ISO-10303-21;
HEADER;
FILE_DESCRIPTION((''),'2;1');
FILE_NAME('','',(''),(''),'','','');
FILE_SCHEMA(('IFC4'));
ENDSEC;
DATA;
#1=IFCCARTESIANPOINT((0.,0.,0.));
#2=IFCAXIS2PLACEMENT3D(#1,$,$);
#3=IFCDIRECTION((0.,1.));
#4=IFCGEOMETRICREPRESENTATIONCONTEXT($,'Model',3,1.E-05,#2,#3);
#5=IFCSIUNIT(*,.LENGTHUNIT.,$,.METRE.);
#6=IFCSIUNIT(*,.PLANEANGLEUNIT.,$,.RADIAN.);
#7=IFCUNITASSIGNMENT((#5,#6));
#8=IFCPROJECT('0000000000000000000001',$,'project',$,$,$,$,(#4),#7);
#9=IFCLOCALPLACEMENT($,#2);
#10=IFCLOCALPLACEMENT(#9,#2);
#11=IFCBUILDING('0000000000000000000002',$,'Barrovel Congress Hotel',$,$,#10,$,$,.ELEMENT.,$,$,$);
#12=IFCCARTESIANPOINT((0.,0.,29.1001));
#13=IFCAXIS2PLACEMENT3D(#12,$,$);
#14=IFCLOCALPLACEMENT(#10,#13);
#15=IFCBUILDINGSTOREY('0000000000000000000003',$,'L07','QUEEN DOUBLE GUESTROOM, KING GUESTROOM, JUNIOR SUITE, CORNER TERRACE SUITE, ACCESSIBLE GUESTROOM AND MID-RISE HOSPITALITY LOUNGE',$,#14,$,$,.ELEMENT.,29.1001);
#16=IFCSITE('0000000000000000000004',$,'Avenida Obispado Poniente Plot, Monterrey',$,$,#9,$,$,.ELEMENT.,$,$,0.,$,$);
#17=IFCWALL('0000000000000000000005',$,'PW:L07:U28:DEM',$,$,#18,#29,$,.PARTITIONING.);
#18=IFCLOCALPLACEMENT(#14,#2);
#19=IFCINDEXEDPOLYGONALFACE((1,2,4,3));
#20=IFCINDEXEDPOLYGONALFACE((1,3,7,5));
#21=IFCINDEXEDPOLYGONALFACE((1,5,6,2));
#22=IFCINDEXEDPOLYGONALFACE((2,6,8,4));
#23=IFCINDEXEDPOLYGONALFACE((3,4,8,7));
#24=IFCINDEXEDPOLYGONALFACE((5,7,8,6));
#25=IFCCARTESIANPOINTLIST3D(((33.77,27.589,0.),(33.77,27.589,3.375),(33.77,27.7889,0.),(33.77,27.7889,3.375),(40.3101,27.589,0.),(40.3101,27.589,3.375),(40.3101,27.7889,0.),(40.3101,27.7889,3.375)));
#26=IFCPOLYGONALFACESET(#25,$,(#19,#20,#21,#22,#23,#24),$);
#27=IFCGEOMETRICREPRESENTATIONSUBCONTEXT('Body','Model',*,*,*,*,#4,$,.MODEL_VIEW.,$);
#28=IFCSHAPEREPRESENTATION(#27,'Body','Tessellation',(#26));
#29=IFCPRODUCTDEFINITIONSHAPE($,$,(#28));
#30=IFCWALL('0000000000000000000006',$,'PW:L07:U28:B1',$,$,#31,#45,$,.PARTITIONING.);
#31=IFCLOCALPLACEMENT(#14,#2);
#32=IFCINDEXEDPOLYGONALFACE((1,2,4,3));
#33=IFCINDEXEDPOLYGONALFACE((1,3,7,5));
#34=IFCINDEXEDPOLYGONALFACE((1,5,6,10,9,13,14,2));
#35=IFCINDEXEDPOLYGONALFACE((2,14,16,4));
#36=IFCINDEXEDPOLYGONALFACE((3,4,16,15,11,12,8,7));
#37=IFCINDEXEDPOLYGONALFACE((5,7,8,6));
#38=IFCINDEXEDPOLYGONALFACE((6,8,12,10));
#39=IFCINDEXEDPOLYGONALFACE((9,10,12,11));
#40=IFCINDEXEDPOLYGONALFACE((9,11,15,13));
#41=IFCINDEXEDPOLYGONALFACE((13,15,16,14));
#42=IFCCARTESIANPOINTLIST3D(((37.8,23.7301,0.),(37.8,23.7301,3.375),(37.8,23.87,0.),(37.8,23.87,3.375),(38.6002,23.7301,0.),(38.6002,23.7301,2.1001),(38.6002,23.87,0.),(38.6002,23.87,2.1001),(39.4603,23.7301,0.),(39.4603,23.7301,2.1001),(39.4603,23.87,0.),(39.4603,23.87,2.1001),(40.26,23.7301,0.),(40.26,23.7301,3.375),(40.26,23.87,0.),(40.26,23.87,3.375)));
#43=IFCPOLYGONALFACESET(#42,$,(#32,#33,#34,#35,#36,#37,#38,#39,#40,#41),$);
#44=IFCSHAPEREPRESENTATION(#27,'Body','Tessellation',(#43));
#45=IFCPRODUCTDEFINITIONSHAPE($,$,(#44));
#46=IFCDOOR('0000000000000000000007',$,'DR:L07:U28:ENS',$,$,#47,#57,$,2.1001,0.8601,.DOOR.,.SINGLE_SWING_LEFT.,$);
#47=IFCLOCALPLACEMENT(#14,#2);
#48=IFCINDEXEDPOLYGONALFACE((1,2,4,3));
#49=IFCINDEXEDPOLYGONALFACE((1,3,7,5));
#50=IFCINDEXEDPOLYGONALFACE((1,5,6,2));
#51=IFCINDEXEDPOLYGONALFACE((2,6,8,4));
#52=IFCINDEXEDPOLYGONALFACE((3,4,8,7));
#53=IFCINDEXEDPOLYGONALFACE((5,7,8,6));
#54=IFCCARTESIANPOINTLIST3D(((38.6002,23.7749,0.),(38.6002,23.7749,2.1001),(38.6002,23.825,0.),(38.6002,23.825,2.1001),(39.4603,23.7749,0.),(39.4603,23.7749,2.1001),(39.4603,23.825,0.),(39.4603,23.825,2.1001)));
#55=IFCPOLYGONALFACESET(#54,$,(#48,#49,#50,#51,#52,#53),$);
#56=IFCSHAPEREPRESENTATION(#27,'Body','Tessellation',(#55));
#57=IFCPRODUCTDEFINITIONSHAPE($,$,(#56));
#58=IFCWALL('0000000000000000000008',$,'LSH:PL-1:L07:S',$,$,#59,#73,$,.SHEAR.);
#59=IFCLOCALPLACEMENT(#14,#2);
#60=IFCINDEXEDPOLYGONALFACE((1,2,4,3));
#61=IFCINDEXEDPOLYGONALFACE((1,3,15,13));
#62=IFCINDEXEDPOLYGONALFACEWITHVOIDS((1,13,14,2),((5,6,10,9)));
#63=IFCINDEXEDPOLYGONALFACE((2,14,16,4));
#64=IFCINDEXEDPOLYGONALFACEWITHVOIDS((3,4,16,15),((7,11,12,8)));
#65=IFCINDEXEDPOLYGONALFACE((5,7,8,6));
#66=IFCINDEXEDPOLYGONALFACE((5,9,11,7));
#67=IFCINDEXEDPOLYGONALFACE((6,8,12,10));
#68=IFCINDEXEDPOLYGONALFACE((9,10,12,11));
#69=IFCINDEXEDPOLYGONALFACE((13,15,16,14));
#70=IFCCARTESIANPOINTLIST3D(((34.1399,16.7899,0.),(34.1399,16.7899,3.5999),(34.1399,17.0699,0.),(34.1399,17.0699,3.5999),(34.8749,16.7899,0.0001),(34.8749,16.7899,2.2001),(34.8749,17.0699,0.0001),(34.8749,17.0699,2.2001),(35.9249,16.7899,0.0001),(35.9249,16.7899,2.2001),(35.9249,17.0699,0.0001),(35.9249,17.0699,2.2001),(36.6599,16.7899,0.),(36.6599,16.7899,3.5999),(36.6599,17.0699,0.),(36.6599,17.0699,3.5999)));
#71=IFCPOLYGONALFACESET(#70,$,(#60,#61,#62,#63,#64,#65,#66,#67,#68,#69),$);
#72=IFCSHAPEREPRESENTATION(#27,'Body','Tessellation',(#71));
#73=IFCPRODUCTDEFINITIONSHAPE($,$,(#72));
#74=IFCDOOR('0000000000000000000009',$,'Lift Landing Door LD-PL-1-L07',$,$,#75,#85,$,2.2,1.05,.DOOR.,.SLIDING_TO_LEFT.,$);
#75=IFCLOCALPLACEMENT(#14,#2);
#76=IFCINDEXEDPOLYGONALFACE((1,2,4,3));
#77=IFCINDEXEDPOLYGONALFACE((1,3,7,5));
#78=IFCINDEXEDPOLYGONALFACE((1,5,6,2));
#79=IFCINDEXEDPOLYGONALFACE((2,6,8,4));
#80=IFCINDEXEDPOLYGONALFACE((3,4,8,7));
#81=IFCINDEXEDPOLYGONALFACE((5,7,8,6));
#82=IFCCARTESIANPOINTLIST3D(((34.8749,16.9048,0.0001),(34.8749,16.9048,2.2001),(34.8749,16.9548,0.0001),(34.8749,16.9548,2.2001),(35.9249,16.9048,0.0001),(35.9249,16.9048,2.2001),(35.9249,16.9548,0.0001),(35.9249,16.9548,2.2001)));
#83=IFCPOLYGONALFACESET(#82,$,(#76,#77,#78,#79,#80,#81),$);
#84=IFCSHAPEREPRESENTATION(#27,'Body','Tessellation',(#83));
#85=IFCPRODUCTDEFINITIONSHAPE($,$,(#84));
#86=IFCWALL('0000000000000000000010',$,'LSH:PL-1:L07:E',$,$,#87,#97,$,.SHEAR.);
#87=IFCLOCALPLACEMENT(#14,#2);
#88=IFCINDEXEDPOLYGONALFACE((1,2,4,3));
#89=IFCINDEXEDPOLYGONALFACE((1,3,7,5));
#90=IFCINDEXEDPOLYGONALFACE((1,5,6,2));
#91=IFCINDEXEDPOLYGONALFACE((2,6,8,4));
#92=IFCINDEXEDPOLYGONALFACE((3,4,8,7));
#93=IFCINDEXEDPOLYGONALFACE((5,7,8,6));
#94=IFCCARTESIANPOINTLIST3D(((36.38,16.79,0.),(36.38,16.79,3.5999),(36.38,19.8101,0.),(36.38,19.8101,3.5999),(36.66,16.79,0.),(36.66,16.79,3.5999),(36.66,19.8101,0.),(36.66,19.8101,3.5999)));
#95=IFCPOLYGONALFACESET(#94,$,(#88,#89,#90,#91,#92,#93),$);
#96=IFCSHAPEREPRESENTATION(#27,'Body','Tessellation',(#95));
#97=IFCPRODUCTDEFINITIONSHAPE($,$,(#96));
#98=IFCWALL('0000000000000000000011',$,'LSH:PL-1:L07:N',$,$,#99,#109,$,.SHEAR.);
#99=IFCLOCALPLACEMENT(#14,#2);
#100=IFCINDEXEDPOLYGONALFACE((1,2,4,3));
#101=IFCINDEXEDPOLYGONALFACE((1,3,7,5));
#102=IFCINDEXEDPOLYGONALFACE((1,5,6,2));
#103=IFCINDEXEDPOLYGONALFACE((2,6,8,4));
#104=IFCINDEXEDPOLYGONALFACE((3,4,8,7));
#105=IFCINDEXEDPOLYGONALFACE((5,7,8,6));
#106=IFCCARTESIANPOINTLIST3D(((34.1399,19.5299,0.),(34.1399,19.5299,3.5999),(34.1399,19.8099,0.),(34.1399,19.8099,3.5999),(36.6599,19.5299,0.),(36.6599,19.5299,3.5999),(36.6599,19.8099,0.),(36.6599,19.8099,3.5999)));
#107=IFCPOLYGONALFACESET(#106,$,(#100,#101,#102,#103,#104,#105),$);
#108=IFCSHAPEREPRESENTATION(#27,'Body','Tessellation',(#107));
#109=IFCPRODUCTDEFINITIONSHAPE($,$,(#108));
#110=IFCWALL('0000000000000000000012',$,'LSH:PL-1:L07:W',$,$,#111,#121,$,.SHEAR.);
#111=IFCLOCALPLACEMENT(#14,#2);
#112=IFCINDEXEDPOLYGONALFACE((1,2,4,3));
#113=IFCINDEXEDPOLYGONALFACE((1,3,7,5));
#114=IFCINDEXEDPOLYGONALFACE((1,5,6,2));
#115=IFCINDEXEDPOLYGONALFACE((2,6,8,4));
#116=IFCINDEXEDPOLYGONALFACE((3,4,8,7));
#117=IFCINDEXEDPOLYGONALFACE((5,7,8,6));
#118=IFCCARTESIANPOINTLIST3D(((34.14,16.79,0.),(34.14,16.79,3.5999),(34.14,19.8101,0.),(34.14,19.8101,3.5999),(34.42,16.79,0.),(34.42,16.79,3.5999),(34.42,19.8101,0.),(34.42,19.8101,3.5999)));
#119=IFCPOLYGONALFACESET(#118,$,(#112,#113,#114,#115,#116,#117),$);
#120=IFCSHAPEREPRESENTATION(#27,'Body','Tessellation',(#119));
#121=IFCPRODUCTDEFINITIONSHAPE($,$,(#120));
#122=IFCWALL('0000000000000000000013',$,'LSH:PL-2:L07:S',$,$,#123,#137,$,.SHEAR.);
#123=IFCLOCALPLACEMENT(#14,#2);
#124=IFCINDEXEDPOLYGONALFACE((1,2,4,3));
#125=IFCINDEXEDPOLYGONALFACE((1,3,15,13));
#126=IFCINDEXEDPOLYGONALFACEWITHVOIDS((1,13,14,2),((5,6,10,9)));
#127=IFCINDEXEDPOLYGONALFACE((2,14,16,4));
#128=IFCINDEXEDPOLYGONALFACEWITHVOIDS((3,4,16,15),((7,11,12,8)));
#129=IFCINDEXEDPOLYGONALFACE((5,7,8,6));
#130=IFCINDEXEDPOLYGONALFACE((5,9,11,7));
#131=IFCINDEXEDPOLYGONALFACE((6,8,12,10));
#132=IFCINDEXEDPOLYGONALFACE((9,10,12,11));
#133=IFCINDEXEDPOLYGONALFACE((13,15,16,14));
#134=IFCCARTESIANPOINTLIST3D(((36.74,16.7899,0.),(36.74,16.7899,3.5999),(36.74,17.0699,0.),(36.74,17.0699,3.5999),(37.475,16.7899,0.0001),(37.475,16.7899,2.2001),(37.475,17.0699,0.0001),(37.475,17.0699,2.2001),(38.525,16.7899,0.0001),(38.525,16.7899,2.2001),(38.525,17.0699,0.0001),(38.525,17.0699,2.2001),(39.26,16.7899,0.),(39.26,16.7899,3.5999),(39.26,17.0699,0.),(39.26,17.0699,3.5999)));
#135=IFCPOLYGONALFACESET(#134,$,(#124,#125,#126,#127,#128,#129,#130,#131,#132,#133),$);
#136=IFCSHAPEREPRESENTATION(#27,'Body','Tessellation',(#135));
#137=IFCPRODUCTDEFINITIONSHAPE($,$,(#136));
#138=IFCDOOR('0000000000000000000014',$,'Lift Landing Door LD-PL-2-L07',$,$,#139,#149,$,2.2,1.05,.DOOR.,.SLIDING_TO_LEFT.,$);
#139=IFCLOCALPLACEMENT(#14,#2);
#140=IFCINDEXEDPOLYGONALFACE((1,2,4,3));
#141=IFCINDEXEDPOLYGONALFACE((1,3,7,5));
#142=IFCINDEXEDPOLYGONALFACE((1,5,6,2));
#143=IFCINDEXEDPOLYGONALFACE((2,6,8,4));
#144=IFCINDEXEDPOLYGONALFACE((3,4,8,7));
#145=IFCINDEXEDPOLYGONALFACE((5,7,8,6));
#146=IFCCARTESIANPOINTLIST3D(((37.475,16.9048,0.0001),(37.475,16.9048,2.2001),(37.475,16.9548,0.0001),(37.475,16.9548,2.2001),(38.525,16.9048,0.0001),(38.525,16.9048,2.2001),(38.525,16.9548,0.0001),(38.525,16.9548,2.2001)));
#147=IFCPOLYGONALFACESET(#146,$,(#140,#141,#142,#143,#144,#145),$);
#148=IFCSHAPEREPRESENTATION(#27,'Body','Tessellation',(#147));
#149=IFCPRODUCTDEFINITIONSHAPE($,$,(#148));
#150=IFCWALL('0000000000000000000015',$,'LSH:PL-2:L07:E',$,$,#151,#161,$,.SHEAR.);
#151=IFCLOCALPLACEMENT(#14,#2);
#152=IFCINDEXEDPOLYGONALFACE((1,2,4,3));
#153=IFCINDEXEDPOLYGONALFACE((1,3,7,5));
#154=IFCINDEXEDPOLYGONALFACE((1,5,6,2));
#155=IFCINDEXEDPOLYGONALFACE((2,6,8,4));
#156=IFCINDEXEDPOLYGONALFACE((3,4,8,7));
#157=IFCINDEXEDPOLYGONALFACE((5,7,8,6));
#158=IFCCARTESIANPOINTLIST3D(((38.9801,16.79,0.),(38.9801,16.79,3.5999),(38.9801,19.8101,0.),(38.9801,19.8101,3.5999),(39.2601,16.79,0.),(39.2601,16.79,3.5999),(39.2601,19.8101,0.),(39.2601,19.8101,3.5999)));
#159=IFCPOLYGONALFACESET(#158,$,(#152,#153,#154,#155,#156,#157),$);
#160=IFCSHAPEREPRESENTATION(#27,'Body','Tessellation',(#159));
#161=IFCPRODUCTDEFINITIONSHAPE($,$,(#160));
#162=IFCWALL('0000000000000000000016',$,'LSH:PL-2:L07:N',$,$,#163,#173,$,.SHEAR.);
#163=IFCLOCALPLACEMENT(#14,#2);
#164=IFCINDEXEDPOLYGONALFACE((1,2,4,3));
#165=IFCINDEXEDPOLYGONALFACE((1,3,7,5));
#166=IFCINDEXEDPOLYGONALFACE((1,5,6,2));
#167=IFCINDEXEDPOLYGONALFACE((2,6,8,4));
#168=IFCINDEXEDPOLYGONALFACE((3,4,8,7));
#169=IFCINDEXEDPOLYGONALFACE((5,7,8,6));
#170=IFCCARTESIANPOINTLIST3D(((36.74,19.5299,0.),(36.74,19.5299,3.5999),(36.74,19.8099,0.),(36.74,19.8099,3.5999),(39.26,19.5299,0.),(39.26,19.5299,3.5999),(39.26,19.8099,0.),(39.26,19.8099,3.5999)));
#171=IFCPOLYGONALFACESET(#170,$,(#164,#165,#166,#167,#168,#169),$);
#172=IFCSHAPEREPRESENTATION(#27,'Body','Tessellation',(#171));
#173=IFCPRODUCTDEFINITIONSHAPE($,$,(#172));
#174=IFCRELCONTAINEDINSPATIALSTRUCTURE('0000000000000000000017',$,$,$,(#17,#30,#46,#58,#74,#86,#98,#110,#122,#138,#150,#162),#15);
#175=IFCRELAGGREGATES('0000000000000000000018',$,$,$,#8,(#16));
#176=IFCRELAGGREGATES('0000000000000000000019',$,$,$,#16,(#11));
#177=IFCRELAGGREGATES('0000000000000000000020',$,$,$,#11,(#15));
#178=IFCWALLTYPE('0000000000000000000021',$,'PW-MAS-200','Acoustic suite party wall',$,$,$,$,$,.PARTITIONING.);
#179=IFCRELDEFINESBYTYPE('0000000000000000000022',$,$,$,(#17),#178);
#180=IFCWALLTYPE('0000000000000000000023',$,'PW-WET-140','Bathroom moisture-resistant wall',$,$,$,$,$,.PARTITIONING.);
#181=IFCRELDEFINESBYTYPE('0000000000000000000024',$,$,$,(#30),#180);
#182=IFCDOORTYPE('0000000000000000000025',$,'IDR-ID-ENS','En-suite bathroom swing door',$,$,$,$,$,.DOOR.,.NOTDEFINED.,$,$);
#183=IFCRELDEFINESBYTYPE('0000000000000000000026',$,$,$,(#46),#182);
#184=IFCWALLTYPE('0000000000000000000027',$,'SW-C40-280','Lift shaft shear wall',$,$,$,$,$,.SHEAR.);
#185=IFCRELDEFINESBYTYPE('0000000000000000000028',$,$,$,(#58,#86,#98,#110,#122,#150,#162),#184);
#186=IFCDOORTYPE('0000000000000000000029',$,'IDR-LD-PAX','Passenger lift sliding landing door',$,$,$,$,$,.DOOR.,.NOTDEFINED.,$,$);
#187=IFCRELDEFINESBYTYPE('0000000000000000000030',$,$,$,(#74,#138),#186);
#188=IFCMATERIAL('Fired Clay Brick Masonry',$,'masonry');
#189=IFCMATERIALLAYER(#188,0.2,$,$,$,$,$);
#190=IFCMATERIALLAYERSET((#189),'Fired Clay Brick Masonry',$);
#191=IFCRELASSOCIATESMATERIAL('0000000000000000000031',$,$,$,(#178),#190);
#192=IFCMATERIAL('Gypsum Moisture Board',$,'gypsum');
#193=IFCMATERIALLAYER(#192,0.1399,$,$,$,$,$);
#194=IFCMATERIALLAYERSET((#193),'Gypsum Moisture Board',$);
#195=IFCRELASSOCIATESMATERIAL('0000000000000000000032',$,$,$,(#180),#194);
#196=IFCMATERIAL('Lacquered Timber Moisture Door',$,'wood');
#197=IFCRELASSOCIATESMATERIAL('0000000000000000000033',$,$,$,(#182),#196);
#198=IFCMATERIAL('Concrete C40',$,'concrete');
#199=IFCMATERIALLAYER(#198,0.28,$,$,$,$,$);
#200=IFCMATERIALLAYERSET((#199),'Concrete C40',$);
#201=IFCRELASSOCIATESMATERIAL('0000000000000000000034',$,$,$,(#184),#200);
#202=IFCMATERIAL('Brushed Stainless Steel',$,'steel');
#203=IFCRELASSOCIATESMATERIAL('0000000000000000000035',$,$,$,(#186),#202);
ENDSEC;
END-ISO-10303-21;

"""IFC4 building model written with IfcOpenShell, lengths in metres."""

from ifc_helpers import new_model, si_unit, direction, frame, frame_2d, origin, place, context, subcontext, project, spatial, rectangle, extrude, material, layer, layer_set, type_object, element, fill, save


model = new_model("IFC4")

# Units and contexts
model_context = context("Model", 3, precision=1e-05, world=origin(), true_north=direction((0.0, 1.0)))
body_context = subcontext(model_context, "Body", "Model", "MODEL_VIEW")
ifc_project = project(units=[si_unit("LENGTHUNIT", "METRE"), si_unit("PLANEANGLEUNIT", "RADIAN")], contexts=[model_context])

# Site, building, storey
site_placement = place(None, origin())
site = spatial("IfcSite", under=ifc_project, at=site_placement, Name="Avenida Obispado Poniente Plot, Monterrey", CompositionType="ELEMENT", RefElevation=0.0)
building_placement = place(site_placement, origin())
building = spatial("IfcBuilding", under=site, at=building_placement, Name="Barrovel Congress Hotel", CompositionType="ELEMENT")
storey_placement = place(building_placement, frame((0.0, 0.0, 29.1001)))
storey = spatial("IfcBuildingStorey", under=building, at=storey_placement, Name="L07", Description="QUEEN DOUBLE GUESTROOM, KING GUESTROOM, JUNIOR SUITE, CORNER TERRACE SUITE, ACCESSIBLE GUESTROOM AND MID-RISE HOSPITALITY LOUNGE", CompositionType="ELEMENT", Elevation=29.1001)

# Shared definitions
ifc_material_1 = material(Name="Concrete C40", Category="concrete")

# Wall
ifc_material_2 = material(Name="Fired Clay Brick Masonry", Category="masonry")
ifc_layer_1 = layer(ifc_material_2, 0.2)
ifc_layer_set_1 = layer_set([ifc_layer_1], Name="Fired Clay Brick Masonry")
wall_type_1 = type_object("IfcWallType", Name="PW-MAS-200", Description="Acoustic suite party wall", PredefinedType="PARTITIONING", material=ifc_layer_set_1)
wall_1_placement = place(storey_placement, frame((33.77, 27.689, 0.0), z_axis=(0.0, 0.0, 1.0), x_axis=(1.0, 0.0, 0.0)))
element("IfcWall", 1, at=wall_1_placement, inside=storey, type_object=wall_type_1, Name="PW:L07:U28:DEM", PredefinedType="PARTITIONING", context=body_context, shape_type="SweptSolid", body=[
    extrude(rectangle(XDim=6.54, YDim=0.2, at=frame_2d((3.27, 0.0))), origin(), (0.0, 0.0, 1.0), 3.375),
])

# Walls, openings, doors
ifc_material_3 = material(Name="Gypsum Moisture Board", Category="gypsum")
ifc_layer_2 = layer(ifc_material_3, 0.1399)
ifc_layer_set_2 = layer_set([ifc_layer_2], Name="Gypsum Moisture Board")
wall_type_2 = type_object("IfcWallType", Name="PW-WET-140", Description="Bathroom moisture-resistant wall", PredefinedType="PARTITIONING", material=ifc_layer_set_2)
wall_2_placement = place(storey_placement, frame((37.8, 23.8, 0.0), z_axis=(0.0, 0.0, 1.0), x_axis=(1.0, 0.0, 0.0)))
wall_2 = element("IfcWall", 2, at=wall_2_placement, inside=storey, type_object=wall_type_2, Name="PW:L07:U28:B1", PredefinedType="PARTITIONING", context=body_context, shape_type="SweptSolid", body=[
    extrude(rectangle(XDim=2.46, YDim=0.1399, at=frame_2d((1.23, 0.0))), origin(), (0.0, 0.0, 1.0), 3.375),
])
opening_1_placement = place(wall_2_placement, frame((0.8, 0.0, 0.0)))
opening_1 = element("IfcOpeningElement", 3, at=opening_1_placement, cuts=wall_2, PredefinedType="OPENING", context=body_context, shape_type="SweptSolid", body=[
    extrude(rectangle(XDim=0.8601, YDim=2.1001, at=frame_2d((0.4302, 1.05))), frame((0.0, 0.0801, 0.0), z_axis=(0.0, -1.0, 0.0), x_axis=(1.0, 0.0, 0.0)), (0.0, 0.0, 1.0), 0.1599),
])
ifc_material_4 = material(Name="Lacquered Timber Moisture Door", Category="wood")
door_type_1 = type_object("IfcDoorType", Name="IDR-ID-ENS", Description="En-suite bathroom swing door", OperationType="NOTDEFINED", PredefinedType="DOOR", material=ifc_material_4)
door_1_placement = place(opening_1_placement, origin())
door_1 = element("IfcDoor", 4, at=door_1_placement, inside=storey, type_object=door_type_1, Name="DR:L07:U28:ENS", OperationType="SINGLE_SWING_LEFT", OverallHeight=2.1001, OverallWidth=0.8601, PredefinedType="DOOR", context=body_context, shape_type="SweptSolid", body=[
    extrude(rectangle(XDim=0.8601, YDim=2.1001, at=frame_2d((0.4302, 1.05))), frame((0.0, 0.0249, 0.0), z_axis=(0.0, -1.0, 0.0), x_axis=(1.0, 0.0, 0.0)), (0.0, 0.0, 1.0), 0.05),
])
fill(opening_1, door_1)
ifc_layer_3 = layer(ifc_material_1, 0.28)
ifc_layer_set_3 = layer_set([ifc_layer_3], Name="Concrete C40")
wall_type_3 = type_object("IfcWallType", Name="SW-C40-280", Description="Lift shaft shear wall", PredefinedType="SHEAR", material=ifc_layer_set_3)
wall_3_placement = place(storey_placement, frame((34.1399, 16.9299, 0.0), z_axis=(0.0, 0.0, 1.0), x_axis=(1.0, 0.0, 0.0)))
wall_3 = element("IfcWall", 5, at=wall_3_placement, inside=storey, type_object=wall_type_3, Name="LSH:PL-1:L07:S", PredefinedType="SHEAR", context=body_context, shape_type="SweptSolid", body=[
    extrude(rectangle(XDim=2.52, YDim=0.28, at=frame_2d((1.26, 0.0))), origin(), (0.0, 0.0, 1.0), 3.5999),
])
opening_2_placement = place(wall_3_placement, frame((0.7351, 0.0, 0.0)))
opening_2 = element("IfcOpeningElement", 6, at=opening_2_placement, cuts=wall_3, PredefinedType="OPENING", context=body_context, shape_type="SweptSolid", body=[
    extrude(rectangle(XDim=1.05, YDim=2.2, at=frame_2d((0.5249, 1.1001))), frame((0.0, 0.1499, 0.0), z_axis=(0.0, -1.0, 0.0), x_axis=(1.0, 0.0, 0.0)), (0.0, 0.0, 1.0), 0.3),
])
ifc_material_5 = material(Name="Brushed Stainless Steel", Category="steel")
door_type_2 = type_object("IfcDoorType", Name="IDR-LD-PAX", Description="Passenger lift sliding landing door", OperationType="NOTDEFINED", PredefinedType="DOOR", material=ifc_material_5)
door_2_placement = place(opening_2_placement, origin())
door_2 = element("IfcDoor", 7, at=door_2_placement, inside=storey, type_object=door_type_2, Name="Lift Landing Door LD-PL-1-L07", OperationType="SLIDING_TO_LEFT", OverallHeight=2.2, OverallWidth=1.05, PredefinedType="DOOR", context=body_context, shape_type="SweptSolid", body=[
    extrude(rectangle(XDim=1.05, YDim=2.2, at=frame_2d((0.5249, 1.1001))), frame((0.0, 0.0249, 0.0), z_axis=(0.0, -1.0, 0.0), x_axis=(1.0, 0.0, 0.0)), (0.0, 0.0, 1.0), 0.05),
])
fill(opening_2, door_2)

# Walls
wall_4_placement = place(storey_placement, frame((36.52, 16.79, 0.0), z_axis=(0.0, 0.0, 1.0), x_axis=(0.0, 1.0, 0.0)))
element("IfcWall", 8, at=wall_4_placement, inside=storey, type_object=wall_type_3, Name="LSH:PL-1:L07:E", PredefinedType="SHEAR", context=body_context, shape_type="SweptSolid", body=[
    extrude(rectangle(XDim=3.02, YDim=0.28, at=frame_2d((1.51, 0.0))), origin(), (0.0, 0.0, 1.0), 3.5999),
])
wall_5_placement = place(storey_placement, frame((36.6599, 19.6699, 0.0), z_axis=(0.0, 0.0, 1.0), x_axis=(-1.0, 0.0, 0.0)))
element("IfcWall", 9, at=wall_5_placement, inside=storey, type_object=wall_type_3, Name="LSH:PL-1:L07:N", PredefinedType="SHEAR", context=body_context, shape_type="SweptSolid", body=[
    extrude(rectangle(XDim=2.52, YDim=0.28, at=frame_2d((1.26, 0.0))), origin(), (0.0, 0.0, 1.0), 3.5999),
])
wall_6_placement = place(storey_placement, frame((34.28, 19.8101, 0.0), z_axis=(0.0, 0.0, 1.0), x_axis=(0.0, -1.0, 0.0)))
element("IfcWall", 10, at=wall_6_placement, inside=storey, type_object=wall_type_3, Name="LSH:PL-1:L07:W", PredefinedType="SHEAR", context=body_context, shape_type="SweptSolid", body=[
    extrude(rectangle(XDim=3.02, YDim=0.28, at=frame_2d((1.51, 0.0))), origin(), (0.0, 0.0, 1.0), 3.5999),
])

# Wall, opening, door
wall_7_placement = place(storey_placement, frame((36.74, 16.9299, 0.0), z_axis=(0.0, 0.0, 1.0), x_axis=(1.0, 0.0, 0.0)))
wall_7 = element("IfcWall", 11, at=wall_7_placement, inside=storey, type_object=wall_type_3, Name="LSH:PL-2:L07:S", PredefinedType="SHEAR", context=body_context, shape_type="SweptSolid", body=[
    extrude(rectangle(XDim=2.52, YDim=0.28, at=frame_2d((1.26, 0.0))), origin(), (0.0, 0.0, 1.0), 3.5999),
])
opening_3_placement = place(wall_7_placement, frame((0.7351, 0.0, 0.0)))
opening_3 = element("IfcOpeningElement", 12, at=opening_3_placement, cuts=wall_7, PredefinedType="OPENING", context=body_context, shape_type="SweptSolid", body=[
    extrude(rectangle(XDim=1.05, YDim=2.2, at=frame_2d((0.5249, 1.1001))), frame((0.0, 0.1499, 0.0), z_axis=(0.0, -1.0, 0.0), x_axis=(1.0, 0.0, 0.0)), (0.0, 0.0, 1.0), 0.3),
])
door_3_placement = place(opening_3_placement, origin())
door_3 = element("IfcDoor", 13, at=door_3_placement, inside=storey, type_object=door_type_2, Name="Lift Landing Door LD-PL-2-L07", OperationType="SLIDING_TO_LEFT", OverallHeight=2.2, OverallWidth=1.05, PredefinedType="DOOR", context=body_context, shape_type="SweptSolid", body=[
    extrude(rectangle(XDim=1.05, YDim=2.2, at=frame_2d((0.5249, 1.1001))), frame((0.0, 0.0249, 0.0), z_axis=(0.0, -1.0, 0.0), x_axis=(1.0, 0.0, 0.0)), (0.0, 0.0, 1.0), 0.05),
])
fill(opening_3, door_3)

# Walls
wall_8_placement = place(storey_placement, frame((39.1201, 16.79, 0.0), z_axis=(0.0, 0.0, 1.0), x_axis=(0.0, 1.0, 0.0)))
element("IfcWall", 14, at=wall_8_placement, inside=storey, type_object=wall_type_3, Name="LSH:PL-2:L07:E", PredefinedType="SHEAR", context=body_context, shape_type="SweptSolid", body=[
    extrude(rectangle(XDim=3.02, YDim=0.28, at=frame_2d((1.51, 0.0))), origin(), (0.0, 0.0, 1.0), 3.5999),
])
wall_9_placement = place(storey_placement, frame((39.26, 19.6699, 0.0), z_axis=(0.0, 0.0, 1.0), x_axis=(-1.0, 0.0, 0.0)))
element("IfcWall", 15, at=wall_9_placement, inside=storey, type_object=wall_type_3, Name="LSH:PL-2:L07:N", PredefinedType="SHEAR", context=body_context, shape_type="SweptSolid", body=[
    extrude(rectangle(XDim=2.52, YDim=0.28, at=frame_2d((1.26, 0.0))), origin(), (0.0, 0.0, 1.0), 3.5999),
])

save(model, "model.ifc")
